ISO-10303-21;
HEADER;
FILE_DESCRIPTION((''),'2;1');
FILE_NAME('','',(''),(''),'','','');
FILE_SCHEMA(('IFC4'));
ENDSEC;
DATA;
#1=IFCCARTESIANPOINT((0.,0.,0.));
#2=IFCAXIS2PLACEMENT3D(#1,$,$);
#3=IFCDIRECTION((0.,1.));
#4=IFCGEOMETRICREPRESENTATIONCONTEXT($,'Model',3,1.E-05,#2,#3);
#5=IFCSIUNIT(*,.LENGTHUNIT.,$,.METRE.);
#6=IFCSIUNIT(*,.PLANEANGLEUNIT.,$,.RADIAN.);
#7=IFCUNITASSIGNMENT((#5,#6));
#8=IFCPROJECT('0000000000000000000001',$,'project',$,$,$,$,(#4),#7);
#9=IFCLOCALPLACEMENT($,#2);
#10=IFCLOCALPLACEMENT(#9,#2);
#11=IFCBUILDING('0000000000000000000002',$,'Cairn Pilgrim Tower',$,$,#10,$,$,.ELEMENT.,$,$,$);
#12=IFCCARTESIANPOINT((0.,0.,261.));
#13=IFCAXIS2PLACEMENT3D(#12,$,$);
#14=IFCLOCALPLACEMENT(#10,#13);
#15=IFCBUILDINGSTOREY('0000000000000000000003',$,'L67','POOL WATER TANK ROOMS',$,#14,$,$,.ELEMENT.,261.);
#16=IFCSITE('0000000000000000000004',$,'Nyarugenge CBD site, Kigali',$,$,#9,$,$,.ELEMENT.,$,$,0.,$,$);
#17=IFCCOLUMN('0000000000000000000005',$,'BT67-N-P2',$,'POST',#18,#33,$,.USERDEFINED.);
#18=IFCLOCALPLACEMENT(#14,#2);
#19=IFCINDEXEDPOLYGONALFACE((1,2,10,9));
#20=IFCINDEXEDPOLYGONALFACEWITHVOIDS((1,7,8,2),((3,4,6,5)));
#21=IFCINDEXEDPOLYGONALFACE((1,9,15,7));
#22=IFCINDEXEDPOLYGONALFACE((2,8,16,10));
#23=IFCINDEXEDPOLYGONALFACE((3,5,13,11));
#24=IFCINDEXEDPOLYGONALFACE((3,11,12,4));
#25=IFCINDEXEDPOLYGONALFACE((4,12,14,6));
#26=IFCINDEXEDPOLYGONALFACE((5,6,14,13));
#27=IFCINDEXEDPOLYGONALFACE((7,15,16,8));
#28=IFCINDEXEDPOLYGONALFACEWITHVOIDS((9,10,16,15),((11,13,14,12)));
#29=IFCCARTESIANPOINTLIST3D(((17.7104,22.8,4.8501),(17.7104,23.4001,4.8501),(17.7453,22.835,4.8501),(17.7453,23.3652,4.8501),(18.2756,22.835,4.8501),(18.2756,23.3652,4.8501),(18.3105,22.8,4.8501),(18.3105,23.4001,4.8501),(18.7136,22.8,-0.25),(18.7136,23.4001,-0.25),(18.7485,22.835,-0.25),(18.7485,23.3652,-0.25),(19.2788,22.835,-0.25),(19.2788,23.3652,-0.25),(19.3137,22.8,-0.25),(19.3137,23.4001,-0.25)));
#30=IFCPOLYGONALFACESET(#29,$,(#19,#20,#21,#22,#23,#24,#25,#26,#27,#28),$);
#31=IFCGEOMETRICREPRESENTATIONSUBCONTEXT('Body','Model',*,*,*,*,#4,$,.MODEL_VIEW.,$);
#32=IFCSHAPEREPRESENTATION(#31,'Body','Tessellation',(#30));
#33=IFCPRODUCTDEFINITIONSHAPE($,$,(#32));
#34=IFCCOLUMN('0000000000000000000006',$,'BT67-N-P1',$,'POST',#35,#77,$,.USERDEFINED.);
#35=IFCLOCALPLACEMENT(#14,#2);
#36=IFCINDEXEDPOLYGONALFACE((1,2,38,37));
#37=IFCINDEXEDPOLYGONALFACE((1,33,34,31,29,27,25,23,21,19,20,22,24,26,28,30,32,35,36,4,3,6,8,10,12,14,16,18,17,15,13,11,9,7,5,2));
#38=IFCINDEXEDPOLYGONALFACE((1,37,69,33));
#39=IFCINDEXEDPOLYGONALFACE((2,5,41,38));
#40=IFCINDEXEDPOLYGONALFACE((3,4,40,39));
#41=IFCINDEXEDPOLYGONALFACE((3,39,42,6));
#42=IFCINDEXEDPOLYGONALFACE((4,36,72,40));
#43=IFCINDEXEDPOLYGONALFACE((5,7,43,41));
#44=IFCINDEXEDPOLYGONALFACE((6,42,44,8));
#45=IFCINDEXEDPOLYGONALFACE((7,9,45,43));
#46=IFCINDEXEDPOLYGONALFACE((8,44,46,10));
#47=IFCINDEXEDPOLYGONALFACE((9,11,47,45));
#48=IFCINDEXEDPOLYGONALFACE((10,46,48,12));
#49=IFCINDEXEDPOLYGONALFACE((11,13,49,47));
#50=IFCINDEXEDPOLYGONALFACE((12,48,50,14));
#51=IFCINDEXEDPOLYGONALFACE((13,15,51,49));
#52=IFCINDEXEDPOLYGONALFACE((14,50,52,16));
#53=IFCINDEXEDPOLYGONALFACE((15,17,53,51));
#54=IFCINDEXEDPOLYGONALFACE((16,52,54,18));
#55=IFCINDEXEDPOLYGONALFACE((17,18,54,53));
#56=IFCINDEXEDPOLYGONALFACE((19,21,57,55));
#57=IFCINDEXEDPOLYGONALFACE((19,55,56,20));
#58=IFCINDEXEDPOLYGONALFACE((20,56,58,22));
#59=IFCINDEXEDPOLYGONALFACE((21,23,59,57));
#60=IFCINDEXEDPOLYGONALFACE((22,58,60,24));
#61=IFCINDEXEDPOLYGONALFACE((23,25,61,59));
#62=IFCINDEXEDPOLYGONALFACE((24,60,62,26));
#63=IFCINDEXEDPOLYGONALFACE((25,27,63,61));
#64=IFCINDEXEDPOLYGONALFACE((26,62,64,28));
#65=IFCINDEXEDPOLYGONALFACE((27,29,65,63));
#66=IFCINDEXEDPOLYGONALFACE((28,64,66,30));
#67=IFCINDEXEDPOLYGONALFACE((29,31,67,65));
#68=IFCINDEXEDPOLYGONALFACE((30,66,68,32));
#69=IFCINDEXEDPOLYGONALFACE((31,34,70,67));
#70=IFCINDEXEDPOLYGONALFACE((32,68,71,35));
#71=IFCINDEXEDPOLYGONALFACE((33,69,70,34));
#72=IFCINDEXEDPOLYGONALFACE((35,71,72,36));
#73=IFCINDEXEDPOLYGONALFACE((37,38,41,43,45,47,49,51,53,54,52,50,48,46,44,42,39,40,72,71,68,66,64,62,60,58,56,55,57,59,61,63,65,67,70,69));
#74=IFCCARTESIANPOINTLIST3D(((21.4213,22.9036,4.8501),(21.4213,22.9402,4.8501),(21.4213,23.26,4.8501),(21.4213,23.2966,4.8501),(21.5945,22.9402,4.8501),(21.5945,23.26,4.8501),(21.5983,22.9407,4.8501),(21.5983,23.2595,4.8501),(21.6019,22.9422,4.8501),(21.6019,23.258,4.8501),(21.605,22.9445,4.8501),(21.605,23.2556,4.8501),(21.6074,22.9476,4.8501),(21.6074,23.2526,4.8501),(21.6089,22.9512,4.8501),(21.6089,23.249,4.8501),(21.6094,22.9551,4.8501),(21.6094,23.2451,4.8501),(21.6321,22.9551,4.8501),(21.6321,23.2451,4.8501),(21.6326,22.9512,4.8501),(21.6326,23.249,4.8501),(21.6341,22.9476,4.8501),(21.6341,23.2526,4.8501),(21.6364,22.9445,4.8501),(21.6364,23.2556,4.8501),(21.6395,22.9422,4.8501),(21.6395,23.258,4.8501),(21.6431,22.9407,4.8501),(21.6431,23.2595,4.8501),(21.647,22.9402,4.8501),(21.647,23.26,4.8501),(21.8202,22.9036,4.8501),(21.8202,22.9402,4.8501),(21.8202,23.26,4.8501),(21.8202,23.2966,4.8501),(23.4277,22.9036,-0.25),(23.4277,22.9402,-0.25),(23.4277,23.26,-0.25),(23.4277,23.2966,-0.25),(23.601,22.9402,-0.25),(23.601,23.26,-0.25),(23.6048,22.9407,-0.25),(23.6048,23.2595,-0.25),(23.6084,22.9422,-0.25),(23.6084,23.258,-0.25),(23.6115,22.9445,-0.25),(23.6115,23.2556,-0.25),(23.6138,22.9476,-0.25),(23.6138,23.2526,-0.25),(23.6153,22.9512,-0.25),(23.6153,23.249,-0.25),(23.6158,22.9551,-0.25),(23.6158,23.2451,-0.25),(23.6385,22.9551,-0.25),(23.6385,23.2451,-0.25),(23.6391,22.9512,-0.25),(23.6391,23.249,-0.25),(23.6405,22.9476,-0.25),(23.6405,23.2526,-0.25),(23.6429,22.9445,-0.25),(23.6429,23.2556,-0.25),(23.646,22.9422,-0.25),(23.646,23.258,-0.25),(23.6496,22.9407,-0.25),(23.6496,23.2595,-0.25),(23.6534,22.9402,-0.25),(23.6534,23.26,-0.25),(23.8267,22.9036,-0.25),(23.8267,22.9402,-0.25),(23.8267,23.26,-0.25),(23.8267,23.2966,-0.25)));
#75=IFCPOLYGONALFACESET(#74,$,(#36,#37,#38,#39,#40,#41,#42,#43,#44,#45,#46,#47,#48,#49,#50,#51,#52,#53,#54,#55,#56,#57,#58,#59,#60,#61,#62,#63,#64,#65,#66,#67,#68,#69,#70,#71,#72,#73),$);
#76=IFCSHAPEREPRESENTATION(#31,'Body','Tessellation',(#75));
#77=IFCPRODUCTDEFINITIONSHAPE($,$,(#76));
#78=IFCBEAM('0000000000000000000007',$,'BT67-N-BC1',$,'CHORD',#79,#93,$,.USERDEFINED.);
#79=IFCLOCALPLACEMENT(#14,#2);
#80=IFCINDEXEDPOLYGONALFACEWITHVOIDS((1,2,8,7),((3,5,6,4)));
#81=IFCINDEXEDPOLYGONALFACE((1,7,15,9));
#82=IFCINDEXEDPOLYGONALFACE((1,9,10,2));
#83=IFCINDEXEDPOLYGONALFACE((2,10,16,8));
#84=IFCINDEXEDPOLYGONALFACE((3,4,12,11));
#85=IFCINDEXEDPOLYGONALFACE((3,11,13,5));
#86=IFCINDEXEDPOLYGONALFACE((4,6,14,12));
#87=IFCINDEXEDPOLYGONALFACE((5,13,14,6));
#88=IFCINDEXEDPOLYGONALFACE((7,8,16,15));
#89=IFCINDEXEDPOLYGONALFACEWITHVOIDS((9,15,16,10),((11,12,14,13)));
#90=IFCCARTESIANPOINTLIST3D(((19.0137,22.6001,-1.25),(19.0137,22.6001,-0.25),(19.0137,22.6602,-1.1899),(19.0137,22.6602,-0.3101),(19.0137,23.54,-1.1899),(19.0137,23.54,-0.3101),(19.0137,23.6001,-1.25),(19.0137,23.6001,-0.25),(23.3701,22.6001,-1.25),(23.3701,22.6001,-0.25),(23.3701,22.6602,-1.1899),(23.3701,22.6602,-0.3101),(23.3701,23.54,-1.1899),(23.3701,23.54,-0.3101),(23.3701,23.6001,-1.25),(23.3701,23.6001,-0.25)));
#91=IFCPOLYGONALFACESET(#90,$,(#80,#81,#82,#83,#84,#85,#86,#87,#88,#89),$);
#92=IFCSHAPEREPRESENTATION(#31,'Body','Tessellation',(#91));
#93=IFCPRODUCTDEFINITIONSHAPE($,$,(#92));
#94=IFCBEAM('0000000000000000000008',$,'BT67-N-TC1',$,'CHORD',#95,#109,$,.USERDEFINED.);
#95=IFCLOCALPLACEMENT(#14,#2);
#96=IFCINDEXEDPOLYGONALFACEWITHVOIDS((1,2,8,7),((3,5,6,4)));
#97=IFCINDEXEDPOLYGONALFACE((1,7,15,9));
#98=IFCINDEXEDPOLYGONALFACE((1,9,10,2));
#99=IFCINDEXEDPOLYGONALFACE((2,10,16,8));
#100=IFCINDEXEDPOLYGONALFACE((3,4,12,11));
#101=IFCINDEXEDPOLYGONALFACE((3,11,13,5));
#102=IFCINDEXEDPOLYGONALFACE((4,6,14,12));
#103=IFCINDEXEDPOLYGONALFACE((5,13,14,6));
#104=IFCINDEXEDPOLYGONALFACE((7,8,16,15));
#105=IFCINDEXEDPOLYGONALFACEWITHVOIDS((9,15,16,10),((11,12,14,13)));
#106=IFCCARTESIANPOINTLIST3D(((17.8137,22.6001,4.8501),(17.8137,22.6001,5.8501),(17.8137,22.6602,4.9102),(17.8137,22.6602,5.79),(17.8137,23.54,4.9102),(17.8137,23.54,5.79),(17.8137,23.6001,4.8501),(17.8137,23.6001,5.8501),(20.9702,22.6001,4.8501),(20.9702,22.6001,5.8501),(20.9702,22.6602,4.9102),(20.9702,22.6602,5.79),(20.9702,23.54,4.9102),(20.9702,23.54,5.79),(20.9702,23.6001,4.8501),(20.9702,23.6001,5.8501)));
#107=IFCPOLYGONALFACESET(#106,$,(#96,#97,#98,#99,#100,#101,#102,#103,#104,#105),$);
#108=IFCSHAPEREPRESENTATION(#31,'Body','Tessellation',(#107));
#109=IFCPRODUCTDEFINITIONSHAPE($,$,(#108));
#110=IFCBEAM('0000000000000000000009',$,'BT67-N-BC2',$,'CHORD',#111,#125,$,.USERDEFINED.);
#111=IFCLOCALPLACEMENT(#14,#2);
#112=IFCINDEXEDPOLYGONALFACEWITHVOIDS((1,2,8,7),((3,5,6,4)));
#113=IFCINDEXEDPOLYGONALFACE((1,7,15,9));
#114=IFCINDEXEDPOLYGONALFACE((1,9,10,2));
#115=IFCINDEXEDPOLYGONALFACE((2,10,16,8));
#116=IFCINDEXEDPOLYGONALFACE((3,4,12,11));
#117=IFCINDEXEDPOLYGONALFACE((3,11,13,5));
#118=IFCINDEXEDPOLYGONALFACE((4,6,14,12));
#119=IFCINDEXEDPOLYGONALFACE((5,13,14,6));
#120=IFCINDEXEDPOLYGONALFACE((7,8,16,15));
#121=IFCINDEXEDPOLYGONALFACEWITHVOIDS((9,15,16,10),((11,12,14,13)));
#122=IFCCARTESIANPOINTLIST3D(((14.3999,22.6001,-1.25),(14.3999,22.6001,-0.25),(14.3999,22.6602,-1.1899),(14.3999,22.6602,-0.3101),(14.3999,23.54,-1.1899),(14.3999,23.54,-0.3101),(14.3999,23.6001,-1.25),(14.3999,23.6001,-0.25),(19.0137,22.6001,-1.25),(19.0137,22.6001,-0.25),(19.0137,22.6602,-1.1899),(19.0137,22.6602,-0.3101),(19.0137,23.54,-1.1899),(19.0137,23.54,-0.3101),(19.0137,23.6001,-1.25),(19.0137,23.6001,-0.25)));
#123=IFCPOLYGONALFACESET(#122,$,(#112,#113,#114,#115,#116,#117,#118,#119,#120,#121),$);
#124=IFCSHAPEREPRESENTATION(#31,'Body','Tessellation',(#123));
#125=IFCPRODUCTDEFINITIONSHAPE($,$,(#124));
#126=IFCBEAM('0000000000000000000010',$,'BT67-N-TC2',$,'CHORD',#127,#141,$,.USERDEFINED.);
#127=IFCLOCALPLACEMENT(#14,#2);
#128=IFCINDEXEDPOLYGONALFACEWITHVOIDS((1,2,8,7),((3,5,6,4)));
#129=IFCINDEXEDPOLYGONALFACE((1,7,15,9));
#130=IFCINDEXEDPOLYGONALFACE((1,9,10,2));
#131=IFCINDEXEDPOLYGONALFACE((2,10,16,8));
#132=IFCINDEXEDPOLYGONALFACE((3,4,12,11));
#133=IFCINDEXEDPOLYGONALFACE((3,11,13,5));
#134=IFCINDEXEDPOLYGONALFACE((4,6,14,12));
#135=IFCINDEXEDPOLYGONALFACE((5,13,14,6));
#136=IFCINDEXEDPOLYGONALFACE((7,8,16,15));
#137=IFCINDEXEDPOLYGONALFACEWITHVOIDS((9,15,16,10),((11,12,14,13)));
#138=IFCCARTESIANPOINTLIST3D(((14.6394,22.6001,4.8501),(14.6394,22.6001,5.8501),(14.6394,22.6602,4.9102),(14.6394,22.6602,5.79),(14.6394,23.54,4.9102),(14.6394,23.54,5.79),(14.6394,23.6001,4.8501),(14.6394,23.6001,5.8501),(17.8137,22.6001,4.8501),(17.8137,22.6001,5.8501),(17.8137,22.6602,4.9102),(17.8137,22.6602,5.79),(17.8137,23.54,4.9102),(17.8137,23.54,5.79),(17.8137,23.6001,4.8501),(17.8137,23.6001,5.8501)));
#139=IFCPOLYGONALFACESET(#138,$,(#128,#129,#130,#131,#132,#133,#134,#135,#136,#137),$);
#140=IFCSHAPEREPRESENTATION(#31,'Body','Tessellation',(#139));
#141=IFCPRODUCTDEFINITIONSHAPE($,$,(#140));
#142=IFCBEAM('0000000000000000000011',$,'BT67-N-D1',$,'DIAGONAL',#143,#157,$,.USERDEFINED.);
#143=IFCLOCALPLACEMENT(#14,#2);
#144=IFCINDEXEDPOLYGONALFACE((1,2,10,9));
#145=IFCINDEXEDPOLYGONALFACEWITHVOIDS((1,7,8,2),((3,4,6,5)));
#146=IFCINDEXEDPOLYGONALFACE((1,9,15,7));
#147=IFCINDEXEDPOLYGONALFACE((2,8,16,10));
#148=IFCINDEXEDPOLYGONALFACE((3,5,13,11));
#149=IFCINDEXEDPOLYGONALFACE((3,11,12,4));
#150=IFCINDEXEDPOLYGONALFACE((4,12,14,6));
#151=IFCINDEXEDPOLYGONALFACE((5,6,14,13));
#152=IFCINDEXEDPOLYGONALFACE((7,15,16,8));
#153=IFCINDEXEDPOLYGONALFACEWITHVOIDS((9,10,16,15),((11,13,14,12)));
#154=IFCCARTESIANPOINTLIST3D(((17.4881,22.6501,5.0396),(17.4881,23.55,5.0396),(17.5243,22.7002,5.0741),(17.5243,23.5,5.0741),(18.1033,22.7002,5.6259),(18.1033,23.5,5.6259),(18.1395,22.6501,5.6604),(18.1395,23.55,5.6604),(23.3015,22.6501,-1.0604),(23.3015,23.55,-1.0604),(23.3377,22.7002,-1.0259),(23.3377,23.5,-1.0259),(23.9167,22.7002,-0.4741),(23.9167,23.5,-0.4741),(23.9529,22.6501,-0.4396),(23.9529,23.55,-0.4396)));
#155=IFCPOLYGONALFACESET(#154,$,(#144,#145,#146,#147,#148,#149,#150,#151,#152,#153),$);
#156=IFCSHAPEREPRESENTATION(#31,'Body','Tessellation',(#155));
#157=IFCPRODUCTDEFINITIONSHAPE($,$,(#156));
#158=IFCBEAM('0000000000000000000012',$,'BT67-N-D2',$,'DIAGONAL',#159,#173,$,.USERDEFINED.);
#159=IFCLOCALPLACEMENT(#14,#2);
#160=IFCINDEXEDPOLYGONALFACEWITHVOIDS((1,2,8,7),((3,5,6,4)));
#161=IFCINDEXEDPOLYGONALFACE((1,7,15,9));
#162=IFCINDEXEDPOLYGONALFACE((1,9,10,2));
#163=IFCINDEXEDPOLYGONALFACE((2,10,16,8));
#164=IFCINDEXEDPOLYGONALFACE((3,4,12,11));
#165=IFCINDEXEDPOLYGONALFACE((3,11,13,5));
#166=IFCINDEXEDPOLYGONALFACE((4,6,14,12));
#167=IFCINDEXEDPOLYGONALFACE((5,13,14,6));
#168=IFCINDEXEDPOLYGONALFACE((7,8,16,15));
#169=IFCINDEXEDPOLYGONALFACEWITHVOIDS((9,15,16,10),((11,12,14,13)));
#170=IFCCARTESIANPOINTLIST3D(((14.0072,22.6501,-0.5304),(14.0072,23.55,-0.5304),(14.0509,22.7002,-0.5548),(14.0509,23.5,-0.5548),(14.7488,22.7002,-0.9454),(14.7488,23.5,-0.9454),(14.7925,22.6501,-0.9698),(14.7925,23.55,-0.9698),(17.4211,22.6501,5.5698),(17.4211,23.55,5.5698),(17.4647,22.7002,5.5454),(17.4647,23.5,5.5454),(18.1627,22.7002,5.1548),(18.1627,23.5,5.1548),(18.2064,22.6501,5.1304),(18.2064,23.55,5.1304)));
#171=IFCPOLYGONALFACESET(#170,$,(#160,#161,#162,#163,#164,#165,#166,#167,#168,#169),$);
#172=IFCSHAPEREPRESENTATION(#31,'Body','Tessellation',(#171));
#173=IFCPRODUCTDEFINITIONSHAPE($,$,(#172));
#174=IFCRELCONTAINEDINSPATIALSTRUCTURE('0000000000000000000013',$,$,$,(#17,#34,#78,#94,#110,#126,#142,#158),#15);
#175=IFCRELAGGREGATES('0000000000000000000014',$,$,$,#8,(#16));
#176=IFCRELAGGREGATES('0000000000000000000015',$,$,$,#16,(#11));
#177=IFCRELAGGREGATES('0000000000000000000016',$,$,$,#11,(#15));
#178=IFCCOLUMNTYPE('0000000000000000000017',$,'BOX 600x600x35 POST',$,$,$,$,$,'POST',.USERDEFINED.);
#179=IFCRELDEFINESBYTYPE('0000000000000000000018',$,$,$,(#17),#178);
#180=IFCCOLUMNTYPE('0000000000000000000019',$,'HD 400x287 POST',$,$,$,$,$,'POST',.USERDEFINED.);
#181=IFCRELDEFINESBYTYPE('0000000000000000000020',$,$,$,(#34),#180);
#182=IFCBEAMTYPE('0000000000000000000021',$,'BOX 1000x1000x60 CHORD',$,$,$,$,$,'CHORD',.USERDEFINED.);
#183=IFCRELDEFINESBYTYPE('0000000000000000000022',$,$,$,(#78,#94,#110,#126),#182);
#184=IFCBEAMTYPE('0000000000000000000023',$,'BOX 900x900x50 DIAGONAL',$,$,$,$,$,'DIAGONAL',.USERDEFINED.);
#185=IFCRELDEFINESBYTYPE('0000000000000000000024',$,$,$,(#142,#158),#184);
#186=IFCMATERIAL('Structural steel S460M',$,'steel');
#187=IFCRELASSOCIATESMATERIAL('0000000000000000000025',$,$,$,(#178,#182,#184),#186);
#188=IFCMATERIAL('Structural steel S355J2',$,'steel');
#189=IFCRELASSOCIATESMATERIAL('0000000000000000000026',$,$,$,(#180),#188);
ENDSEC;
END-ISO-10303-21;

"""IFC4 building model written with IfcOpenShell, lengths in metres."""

from ifc_helpers import new_model, si_unit, direction, frame, origin, origin_2d, place, context, subcontext, project, spatial, hollow_rectangle, i_section, extrude, clip, halfspace, material, material_profile, profile_set, type_object, element, save


model = new_model("IFC4")

# Units and contexts
model_context = context("Model", 3, precision=1e-05, world=origin(), true_north=direction((0.0, 1.0)))
body_context = subcontext(model_context, "Body", "Model", "MODEL_VIEW")
ifc_project = project(units=[si_unit("LENGTHUNIT", "METRE"), si_unit("PLANEANGLEUNIT", "RADIAN")], contexts=[model_context])

# Site, building, storey
site_placement = place(None, origin())
site = spatial("IfcSite", under=ifc_project, at=site_placement, Name="Nyarugenge CBD site, Kigali", CompositionType="ELEMENT", RefElevation=0.0)
building_placement = place(site_placement, origin())
building = spatial("IfcBuilding", under=site, at=building_placement, Name="Cairn Pilgrim Tower", CompositionType="ELEMENT")
storey_placement = place(building_placement, frame((0.0, 0.0, 261.0)))
storey = spatial("IfcBuildingStorey", under=building, at=storey_placement, Name="L67", Description="POOL WATER TANK ROOMS", CompositionType="ELEMENT", Elevation=261.0)

# Columns
ifc_material_1 = material(Name="Structural steel S460M", Category="steel")
ifc_material_profile_1 = material_profile(ifc_material_1, hollow_rectangle(XDim=0.6001, YDim=0.6001, WallThickness=0.0349, at=origin_2d()), Name="BOX 600x600x35")
ifc_profile_set_1 = profile_set([ifc_material_profile_1], Name="Structural steel S460M")
column_type_1 = type_object("IfcColumnType", Name="BOX 600x600x35 POST", ElementType="POST", PredefinedType="USERDEFINED", material=ifc_profile_set_1)
column_1_placement = place(storey_placement, frame((19.0137, 23.1001, -0.25), z_axis=(0.0, 0.0, 1.0), x_axis=(1.0, 0.0, 0.0)))
element("IfcColumn", 1, at=column_1_placement, inside=storey, type_object=column_type_1, Name="BT67-N-P2", ObjectType="POST", PredefinedType="USERDEFINED", context=body_context, shape_type="Clipping", body=[
    clip(extrude(hollow_rectangle(XDim=0.6001, YDim=0.6001, WallThickness=0.0349, at=origin_2d()), origin(), (-0.193011, 0.0, 0.981197), 6.217), halfspace(frame((0.0, 0.0, 5.1001), z_axis=(0.0, 0.0, 1.0), x_axis=(1.0, 0.0, 0.0)), False)),
])
ifc_material_2 = material(Name="Structural steel S355J2", Category="steel")
ifc_material_profile_2 = material_profile(ifc_material_2, i_section(OverallWidth=0.3989, OverallDepth=0.3931, WebThickness=0.0227, FlangeThickness=0.0366, FilletRadius=0.0149, at=origin_2d()), Name="HD 400x287")
ifc_profile_set_2 = profile_set([ifc_material_profile_2], Name="Structural steel S355J2")
column_type_2 = type_object("IfcColumnType", Name="HD 400x287 POST", ElementType="POST", PredefinedType="USERDEFINED", material=ifc_profile_set_2)
column_2_placement = place(storey_placement, frame((23.6272, 23.1001, -0.25), z_axis=(0.0, 0.0, 1.0), x_axis=(1.0, 0.0, 0.0)))
element("IfcColumn", 2, at=column_2_placement, inside=storey, type_object=column_type_2, Name="BT67-N-P1", ObjectType="POST", PredefinedType="USERDEFINED", context=body_context, shape_type="Clipping", body=[
    clip(extrude(i_section(OverallWidth=0.3989, OverallDepth=0.3931, WebThickness=0.0227, FlangeThickness=0.0366, FilletRadius=0.0149, at=origin_2d()), origin(), (-0.366106, 0.0, 0.930573), 6.5552), halfspace(frame((0.0, 0.0, 5.1001), z_axis=(0.0, 0.0, 1.0), x_axis=(1.0, 0.0, 0.0)), False)),
])

# Beams
ifc_material_profile_3 = material_profile(ifc_material_1, hollow_rectangle(XDim=1.0, YDim=1.0, WallThickness=0.0601, at=origin_2d()), Name="BOX 1000x1000x60")
ifc_profile_set_3 = profile_set([ifc_material_profile_3], Name="Structural steel S460M")
beam_type_1 = type_object("IfcBeamType", Name="BOX 1000x1000x60 CHORD", ElementType="CHORD", PredefinedType="USERDEFINED", material=ifc_profile_set_3)
beam_1_placement = place(storey_placement, frame((23.3701, 23.1001, -0.75), z_axis=(-1.0, 0.0, 0.0), x_axis=(0.0, -1.0, 0.0)))
element("IfcBeam", 3, at=beam_1_placement, inside=storey, type_object=beam_type_1, Name="BT67-N-BC1", ObjectType="CHORD", PredefinedType="USERDEFINED", context=body_context, shape_type="SweptSolid", body=[
    extrude(hollow_rectangle(XDim=1.0, YDim=1.0, WallThickness=0.0601, at=origin_2d()), origin(), (0.0, 0.0, 1.0), 4.3564),
])
beam_2_placement = place(storey_placement, frame((20.9702, 23.1001, 5.3501), z_axis=(-1.0, 0.0, 0.0), x_axis=(0.0, -1.0, 0.0)))
element("IfcBeam", 4, at=beam_2_placement, inside=storey, type_object=beam_type_1, Name="BT67-N-TC1", ObjectType="CHORD", PredefinedType="USERDEFINED", context=body_context, shape_type="SweptSolid", body=[
    extrude(hollow_rectangle(XDim=1.0, YDim=1.0, WallThickness=0.0601, at=origin_2d()), origin(), (0.0, 0.0, 1.0), 3.1565),
])
beam_3_placement = place(storey_placement, frame((19.0137, 23.1001, -0.75), z_axis=(-1.0, 0.0, 0.0), x_axis=(0.0, -1.0, 0.0)))
element("IfcBeam", 5, at=beam_3_placement, inside=storey, type_object=beam_type_1, Name="BT67-N-BC2", ObjectType="CHORD", PredefinedType="USERDEFINED", context=body_context, shape_type="SweptSolid", body=[
    extrude(hollow_rectangle(XDim=1.0, YDim=1.0, WallThickness=0.0601, at=origin_2d()), origin(), (0.0, 0.0, 1.0), 4.6138),
])
beam_4_placement = place(storey_placement, frame((17.8137, 23.1001, 5.3501), z_axis=(-1.0, 0.0, 0.0), x_axis=(0.0, -1.0, 0.0)))
element("IfcBeam", 6, at=beam_4_placement, inside=storey, type_object=beam_type_1, Name="BT67-N-TC2", ObjectType="CHORD", PredefinedType="USERDEFINED", context=body_context, shape_type="SweptSolid", body=[
    extrude(hollow_rectangle(XDim=1.0, YDim=1.0, WallThickness=0.0601, at=origin_2d()), origin(), (0.0, 0.0, 1.0), 3.1743),
])
ifc_material_profile_4 = material_profile(ifc_material_1, hollow_rectangle(XDim=0.8999, YDim=0.8999, WallThickness=0.05, at=origin_2d()), Name="BOX 900x900x50")
ifc_profile_set_4 = profile_set([ifc_material_profile_4], Name="Structural steel S460M")
beam_type_2 = type_object("IfcBeamType", Name="BOX 900x900x50 DIAGONAL", ElementType="DIAGONAL", PredefinedType="USERDEFINED", material=ifc_profile_set_4)
beam_5_placement = place(storey_placement, frame((23.6272, 23.1001, -0.75), z_axis=(-0.689895, 0.0, 0.723909), x_axis=(0.0, -1.0, 0.0)))
element("IfcBeam", 7, at=beam_5_placement, inside=storey, type_object=beam_type_2, Name="BT67-N-D1", ObjectType="DIAGONAL", PredefinedType="USERDEFINED", context=body_context, shape_type="SweptSolid", body=[
    extrude(hollow_rectangle(XDim=0.8999, YDim=0.8999, WallThickness=0.05, at=origin_2d()), origin(), (0.0, 0.0, 1.0), 8.4265),
])
beam_6_placement = place(storey_placement, frame((17.8137, 23.1001, 5.3501), z_axis=(-0.48836, 0.0, -0.872642), x_axis=(0.0, -1.0, 0.0)))
element("IfcBeam", 8, at=beam_6_placement, inside=storey, type_object=beam_type_2, Name="BT67-N-D2", ObjectType="DIAGONAL", PredefinedType="USERDEFINED", context=body_context, shape_type="SweptSolid", body=[
    extrude(hollow_rectangle(XDim=0.8999, YDim=0.8999, WallThickness=0.05, at=origin_2d()), origin(), (0.0, 0.0, 1.0), 6.9905),
])

save(model, "model.ifc")
